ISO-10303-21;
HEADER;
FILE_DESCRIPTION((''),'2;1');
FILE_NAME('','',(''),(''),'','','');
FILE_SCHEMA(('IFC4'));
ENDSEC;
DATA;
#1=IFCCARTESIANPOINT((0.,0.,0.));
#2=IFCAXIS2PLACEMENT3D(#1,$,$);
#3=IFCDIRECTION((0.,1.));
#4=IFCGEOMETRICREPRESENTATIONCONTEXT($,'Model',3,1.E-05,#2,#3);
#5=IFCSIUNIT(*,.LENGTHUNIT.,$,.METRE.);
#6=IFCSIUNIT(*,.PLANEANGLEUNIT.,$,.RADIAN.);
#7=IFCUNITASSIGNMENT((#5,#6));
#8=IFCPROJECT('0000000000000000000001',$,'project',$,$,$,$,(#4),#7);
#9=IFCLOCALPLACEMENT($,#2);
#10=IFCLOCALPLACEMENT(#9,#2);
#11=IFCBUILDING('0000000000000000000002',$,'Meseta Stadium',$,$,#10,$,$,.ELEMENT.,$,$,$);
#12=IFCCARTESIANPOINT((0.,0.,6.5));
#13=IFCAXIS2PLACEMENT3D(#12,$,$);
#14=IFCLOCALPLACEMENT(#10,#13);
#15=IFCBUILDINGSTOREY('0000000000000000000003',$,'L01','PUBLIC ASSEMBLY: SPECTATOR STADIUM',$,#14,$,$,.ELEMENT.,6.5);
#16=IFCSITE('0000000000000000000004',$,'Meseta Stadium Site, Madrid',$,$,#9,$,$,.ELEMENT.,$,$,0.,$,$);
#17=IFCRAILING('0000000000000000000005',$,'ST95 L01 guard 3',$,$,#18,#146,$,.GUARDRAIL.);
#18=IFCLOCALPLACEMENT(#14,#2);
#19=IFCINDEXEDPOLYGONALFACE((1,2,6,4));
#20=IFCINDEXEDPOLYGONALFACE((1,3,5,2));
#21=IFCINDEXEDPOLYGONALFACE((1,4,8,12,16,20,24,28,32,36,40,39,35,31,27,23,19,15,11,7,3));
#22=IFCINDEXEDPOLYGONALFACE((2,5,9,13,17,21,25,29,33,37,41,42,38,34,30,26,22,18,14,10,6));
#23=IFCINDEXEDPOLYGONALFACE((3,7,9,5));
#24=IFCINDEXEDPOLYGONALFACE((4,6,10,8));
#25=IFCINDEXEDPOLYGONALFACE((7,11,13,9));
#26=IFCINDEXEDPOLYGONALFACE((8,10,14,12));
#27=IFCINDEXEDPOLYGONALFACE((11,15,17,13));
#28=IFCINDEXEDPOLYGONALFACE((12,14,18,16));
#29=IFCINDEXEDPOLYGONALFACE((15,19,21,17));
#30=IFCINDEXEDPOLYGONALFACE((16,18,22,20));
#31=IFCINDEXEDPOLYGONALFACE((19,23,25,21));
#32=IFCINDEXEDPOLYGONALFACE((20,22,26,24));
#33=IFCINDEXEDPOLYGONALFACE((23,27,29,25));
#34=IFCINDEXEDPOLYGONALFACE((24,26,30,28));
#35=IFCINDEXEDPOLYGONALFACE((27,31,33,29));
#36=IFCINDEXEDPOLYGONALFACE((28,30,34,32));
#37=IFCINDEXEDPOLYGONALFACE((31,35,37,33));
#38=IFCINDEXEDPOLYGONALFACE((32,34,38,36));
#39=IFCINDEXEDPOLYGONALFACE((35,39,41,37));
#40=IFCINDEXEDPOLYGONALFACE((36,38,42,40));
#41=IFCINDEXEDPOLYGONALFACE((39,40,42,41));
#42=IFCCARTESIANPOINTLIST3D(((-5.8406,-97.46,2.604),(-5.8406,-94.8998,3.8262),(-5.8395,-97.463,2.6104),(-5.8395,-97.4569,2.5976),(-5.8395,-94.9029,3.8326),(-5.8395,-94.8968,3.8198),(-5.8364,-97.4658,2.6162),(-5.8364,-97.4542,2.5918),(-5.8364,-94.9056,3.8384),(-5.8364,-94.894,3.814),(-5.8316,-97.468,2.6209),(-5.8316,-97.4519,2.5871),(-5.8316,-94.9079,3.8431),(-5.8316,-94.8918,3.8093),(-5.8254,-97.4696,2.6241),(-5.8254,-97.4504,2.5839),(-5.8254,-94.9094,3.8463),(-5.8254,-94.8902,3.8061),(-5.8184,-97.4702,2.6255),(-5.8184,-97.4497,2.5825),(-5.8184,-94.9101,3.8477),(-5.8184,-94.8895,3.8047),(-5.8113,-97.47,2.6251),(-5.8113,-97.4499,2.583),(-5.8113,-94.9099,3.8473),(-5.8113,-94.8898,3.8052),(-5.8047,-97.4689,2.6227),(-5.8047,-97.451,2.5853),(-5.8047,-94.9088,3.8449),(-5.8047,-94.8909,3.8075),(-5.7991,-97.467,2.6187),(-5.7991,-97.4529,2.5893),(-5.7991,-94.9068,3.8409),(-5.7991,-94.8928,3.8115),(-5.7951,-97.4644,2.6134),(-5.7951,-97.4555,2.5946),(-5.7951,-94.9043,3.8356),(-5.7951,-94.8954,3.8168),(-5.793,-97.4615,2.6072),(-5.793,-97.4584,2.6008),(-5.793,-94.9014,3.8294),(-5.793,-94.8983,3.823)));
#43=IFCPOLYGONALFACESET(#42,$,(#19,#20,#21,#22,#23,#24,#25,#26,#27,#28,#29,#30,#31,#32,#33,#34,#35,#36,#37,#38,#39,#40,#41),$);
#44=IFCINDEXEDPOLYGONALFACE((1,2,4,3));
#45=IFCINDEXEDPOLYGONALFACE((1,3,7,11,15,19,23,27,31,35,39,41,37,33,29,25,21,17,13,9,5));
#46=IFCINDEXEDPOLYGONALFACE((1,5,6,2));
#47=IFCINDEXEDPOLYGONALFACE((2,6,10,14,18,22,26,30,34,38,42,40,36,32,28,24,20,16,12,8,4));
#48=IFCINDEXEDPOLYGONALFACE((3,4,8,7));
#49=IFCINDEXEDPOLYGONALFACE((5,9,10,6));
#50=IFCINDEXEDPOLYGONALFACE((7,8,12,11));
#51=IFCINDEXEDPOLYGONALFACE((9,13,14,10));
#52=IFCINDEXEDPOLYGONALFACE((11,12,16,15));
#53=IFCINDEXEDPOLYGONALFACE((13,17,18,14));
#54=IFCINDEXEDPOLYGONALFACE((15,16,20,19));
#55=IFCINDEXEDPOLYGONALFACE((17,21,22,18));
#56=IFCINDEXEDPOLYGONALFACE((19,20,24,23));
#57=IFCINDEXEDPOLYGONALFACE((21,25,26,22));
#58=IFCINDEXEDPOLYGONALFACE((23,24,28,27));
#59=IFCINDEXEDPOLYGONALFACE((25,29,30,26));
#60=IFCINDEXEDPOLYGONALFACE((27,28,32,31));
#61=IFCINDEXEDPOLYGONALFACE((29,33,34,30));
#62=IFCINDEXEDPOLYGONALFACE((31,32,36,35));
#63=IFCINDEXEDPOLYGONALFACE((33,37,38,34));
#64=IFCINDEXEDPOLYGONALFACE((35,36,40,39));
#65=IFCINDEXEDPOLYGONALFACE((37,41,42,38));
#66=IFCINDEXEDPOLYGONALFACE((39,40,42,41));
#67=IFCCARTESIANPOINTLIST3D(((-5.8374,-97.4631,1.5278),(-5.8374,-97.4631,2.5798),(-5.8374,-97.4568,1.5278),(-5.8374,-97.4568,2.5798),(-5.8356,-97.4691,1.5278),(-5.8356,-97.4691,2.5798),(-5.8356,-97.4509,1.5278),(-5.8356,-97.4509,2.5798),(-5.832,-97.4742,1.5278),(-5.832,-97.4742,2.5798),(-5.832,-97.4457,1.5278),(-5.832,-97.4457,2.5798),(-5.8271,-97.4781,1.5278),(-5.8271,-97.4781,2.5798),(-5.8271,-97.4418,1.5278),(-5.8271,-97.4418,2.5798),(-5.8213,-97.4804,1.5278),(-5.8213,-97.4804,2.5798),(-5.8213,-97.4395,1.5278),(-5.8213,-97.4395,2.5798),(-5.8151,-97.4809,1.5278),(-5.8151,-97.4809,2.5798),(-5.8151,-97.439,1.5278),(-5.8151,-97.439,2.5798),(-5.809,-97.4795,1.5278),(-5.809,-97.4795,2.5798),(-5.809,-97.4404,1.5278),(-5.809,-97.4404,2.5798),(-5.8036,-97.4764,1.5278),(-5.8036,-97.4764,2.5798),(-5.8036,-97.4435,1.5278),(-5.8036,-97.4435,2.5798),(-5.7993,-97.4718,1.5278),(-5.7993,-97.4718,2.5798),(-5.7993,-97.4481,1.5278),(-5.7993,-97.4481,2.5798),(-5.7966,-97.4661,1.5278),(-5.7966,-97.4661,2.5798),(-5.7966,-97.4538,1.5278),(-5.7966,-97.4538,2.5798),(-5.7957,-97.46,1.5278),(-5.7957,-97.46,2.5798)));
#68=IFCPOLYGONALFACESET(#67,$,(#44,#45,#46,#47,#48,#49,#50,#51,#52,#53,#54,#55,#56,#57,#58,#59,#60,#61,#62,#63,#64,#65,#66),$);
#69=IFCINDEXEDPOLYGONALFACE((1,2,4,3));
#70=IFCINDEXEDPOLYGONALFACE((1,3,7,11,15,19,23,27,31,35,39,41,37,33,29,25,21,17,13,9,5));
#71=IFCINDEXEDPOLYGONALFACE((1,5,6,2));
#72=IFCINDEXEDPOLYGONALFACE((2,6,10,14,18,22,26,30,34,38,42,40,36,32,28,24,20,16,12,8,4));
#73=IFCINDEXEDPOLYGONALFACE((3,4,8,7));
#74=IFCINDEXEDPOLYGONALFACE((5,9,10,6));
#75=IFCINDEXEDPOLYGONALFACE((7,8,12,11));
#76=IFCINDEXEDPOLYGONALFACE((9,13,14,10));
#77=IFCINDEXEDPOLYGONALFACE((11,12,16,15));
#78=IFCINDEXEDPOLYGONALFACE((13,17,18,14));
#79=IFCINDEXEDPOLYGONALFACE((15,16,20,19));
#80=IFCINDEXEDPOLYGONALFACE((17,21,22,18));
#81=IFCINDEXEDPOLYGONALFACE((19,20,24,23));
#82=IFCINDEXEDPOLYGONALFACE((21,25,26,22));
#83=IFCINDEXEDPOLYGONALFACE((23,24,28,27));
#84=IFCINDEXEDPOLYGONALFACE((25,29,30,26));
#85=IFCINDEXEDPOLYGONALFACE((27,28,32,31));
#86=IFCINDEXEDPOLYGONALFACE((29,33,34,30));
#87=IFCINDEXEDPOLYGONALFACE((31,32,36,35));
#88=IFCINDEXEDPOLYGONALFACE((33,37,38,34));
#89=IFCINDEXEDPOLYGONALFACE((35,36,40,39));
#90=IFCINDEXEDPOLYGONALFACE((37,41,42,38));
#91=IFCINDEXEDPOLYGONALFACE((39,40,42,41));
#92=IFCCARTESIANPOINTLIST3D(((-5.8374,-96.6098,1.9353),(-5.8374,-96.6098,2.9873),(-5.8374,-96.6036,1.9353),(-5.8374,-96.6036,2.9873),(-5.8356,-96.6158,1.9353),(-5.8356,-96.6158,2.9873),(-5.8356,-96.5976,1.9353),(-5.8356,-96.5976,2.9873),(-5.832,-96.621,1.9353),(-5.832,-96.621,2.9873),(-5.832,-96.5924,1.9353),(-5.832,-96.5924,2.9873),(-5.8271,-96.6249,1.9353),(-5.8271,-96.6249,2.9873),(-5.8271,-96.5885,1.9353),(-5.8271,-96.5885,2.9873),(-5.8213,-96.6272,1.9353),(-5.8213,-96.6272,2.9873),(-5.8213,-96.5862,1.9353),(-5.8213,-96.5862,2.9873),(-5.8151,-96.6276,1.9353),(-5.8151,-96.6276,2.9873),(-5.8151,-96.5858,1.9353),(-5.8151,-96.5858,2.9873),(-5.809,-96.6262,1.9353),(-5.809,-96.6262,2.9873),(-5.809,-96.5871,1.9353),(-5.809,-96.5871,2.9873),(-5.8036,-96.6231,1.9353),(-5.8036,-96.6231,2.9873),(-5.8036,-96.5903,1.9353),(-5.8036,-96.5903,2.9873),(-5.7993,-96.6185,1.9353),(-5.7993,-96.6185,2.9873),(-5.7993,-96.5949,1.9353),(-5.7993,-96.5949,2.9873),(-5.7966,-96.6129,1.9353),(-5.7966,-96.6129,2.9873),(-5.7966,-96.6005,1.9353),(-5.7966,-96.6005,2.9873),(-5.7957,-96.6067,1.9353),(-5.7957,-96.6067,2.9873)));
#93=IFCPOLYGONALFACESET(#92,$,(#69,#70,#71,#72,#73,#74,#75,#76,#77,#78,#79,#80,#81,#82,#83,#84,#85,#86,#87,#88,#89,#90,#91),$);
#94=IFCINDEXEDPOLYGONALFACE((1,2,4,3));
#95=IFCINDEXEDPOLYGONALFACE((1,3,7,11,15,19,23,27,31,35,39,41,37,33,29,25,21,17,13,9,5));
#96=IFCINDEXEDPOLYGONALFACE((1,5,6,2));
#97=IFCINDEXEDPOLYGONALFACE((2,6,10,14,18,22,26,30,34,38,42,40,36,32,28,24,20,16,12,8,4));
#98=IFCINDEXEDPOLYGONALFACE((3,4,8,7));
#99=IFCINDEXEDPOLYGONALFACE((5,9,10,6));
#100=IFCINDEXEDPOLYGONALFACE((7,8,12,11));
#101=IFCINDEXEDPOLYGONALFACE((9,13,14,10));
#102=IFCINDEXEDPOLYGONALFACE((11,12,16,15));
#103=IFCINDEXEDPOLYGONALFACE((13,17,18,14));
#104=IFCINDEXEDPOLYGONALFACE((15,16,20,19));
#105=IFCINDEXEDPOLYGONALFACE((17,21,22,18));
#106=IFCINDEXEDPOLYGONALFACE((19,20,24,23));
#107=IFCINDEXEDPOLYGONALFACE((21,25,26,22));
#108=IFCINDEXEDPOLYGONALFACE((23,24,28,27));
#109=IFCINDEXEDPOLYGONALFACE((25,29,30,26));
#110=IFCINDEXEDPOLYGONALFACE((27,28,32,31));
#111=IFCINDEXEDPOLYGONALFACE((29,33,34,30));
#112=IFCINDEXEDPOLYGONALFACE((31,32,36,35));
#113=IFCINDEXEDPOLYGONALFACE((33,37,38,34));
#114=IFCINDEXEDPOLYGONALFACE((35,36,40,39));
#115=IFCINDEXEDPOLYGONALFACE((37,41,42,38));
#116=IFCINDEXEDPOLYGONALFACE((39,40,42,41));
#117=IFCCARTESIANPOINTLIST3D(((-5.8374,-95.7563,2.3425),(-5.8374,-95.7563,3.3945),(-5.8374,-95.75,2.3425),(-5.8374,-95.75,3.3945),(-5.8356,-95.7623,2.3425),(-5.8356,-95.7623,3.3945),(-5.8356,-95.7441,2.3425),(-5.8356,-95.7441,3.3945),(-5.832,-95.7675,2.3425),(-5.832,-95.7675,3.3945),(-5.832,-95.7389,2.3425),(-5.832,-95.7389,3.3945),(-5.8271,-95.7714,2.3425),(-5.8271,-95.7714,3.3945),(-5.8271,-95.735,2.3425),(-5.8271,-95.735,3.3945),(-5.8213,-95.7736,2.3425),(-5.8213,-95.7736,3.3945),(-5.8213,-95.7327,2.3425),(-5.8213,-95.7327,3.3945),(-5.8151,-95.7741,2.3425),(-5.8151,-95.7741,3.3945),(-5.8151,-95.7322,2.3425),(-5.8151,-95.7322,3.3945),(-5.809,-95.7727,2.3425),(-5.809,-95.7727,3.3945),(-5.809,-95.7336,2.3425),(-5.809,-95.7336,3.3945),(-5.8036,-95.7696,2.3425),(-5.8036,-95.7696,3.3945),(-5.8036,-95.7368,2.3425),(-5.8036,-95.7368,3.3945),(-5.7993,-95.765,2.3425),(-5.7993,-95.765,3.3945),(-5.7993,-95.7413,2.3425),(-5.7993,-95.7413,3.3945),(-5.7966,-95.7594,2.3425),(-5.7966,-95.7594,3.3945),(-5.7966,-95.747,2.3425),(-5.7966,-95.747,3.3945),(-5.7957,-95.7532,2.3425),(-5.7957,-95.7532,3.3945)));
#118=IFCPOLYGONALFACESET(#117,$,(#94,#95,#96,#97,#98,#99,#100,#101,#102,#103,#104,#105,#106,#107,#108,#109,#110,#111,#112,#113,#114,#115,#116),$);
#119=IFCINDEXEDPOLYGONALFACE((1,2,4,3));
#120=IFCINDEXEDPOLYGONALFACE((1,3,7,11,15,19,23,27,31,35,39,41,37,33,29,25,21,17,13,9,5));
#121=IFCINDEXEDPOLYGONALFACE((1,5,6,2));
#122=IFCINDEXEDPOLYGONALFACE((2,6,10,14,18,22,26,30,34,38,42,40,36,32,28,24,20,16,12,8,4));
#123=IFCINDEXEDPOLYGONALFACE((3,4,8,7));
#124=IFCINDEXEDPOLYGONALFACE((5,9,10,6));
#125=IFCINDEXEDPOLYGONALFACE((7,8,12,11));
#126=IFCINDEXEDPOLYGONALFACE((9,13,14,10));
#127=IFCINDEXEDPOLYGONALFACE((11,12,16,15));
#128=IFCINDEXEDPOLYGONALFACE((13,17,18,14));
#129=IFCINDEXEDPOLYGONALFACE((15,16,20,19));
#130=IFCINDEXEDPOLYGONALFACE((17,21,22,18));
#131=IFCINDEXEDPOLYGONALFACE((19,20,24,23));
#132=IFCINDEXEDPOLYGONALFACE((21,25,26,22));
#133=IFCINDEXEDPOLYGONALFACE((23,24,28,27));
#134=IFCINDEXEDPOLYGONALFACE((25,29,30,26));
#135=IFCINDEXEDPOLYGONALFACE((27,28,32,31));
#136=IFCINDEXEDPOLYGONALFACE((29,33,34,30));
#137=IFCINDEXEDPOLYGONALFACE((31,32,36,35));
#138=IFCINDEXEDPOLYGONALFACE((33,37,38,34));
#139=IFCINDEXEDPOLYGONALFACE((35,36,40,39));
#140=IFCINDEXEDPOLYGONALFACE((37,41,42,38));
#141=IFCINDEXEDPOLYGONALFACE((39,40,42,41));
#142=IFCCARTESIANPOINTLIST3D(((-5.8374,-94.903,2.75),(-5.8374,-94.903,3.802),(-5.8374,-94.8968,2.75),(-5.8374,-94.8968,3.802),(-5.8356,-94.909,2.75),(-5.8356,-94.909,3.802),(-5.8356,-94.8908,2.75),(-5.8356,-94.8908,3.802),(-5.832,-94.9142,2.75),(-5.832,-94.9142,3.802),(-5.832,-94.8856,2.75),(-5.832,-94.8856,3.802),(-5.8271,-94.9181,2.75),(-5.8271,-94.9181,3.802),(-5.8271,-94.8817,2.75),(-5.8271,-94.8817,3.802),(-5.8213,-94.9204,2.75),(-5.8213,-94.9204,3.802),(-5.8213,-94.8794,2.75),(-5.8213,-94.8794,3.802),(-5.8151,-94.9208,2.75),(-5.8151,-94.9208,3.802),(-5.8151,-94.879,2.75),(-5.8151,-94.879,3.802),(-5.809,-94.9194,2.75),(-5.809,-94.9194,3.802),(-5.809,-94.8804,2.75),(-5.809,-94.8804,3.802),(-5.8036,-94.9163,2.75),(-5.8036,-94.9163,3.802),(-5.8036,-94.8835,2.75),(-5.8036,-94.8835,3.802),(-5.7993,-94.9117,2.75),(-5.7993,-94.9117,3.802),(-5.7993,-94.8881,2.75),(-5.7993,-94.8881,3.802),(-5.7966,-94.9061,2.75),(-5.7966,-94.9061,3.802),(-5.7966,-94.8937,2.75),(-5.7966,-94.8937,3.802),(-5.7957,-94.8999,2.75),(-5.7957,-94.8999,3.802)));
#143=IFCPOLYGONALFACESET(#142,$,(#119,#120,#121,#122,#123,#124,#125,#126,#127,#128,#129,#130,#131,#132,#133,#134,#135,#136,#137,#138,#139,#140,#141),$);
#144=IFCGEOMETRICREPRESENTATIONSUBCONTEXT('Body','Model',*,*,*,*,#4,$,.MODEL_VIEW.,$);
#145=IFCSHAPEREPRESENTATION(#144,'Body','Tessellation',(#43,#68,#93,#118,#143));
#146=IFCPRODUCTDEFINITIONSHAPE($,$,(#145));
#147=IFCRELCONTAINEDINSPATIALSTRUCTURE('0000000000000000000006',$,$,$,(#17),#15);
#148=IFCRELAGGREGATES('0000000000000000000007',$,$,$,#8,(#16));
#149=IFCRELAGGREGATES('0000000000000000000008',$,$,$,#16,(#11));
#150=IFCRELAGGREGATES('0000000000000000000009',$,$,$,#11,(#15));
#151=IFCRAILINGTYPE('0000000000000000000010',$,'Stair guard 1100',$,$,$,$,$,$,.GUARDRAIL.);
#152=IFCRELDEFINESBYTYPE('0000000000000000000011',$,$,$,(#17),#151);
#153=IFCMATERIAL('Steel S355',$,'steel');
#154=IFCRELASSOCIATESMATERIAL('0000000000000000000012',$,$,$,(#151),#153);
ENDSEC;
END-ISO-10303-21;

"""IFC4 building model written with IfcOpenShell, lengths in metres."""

from ifc_helpers import new_model, si_unit, direction, frame, origin, origin_2d, place, context, subcontext, project, spatial, circle, extrude, material, type_object, element, save


model = new_model("IFC4")

# Units and contexts
model_context = context("Model", 3, precision=1e-05, world=origin(), true_north=direction((0.0, 1.0)))
body_context = subcontext(model_context, "Body", "Model", "MODEL_VIEW")
ifc_project = project(units=[si_unit("LENGTHUNIT", "METRE"), si_unit("PLANEANGLEUNIT", "RADIAN")], contexts=[model_context])

# Site, building, storey
site_placement = place(None, origin())
site = spatial("IfcSite", under=ifc_project, at=site_placement, Name="Meseta Stadium Site, Madrid", CompositionType="ELEMENT", RefElevation=0.0)
building_placement = place(site_placement, origin())
building = spatial("IfcBuilding", under=site, at=building_placement, Name="Meseta Stadium", CompositionType="ELEMENT")
storey_placement = place(building_placement, frame((0.0, 0.0, 6.5)))
storey = spatial("IfcBuildingStorey", under=building, at=storey_placement, Name="L01", Description="PUBLIC ASSEMBLY: SPECTATOR STADIUM", CompositionType="ELEMENT", Elevation=6.5)

# Railing
ifc_material_1 = material(Name="Steel S355", Category="steel")
railing_type_1 = type_object("IfcRailingType", Name="Stair guard 1100", PredefinedType="GUARDRAIL", material=ifc_material_1)
railing_1_placement = place(storey_placement, frame((-5.8167, -97.46, 1.5278)))
element("IfcRailing", 1, at=railing_1_placement, inside=storey, type_object=railing_type_1, Name="ST95 L01 guard 3", PredefinedType="GUARDRAIL", context=body_context, shape_type="SweptSolid", body=[
    extrude(circle(Radius=0.0239, at=origin_2d()), frame((0.0, 0.0, 1.0762), z_axis=(0.0, 0.902437, 0.430822), x_axis=(-1.0, 0.0, 0.0)), (0.0, 0.0, 1.0), 2.8369),
    extrude(circle(Radius=0.021, at=origin_2d()), origin(), (0.0, 0.0, 1.0), 1.052),
    extrude(circle(Radius=0.021, at=origin_2d()), frame((0.0, 0.8533, 0.4075)), (0.0, 0.0, 1.0), 1.052),
    extrude(circle(Radius=0.021, at=origin_2d()), frame((0.0, 1.7068, 0.8147)), (0.0, 0.0, 1.0), 1.052),
    extrude(circle(Radius=0.021, at=origin_2d()), frame((0.0, 2.5601, 1.2222)), (0.0, 0.0, 1.0), 1.052),
])

save(model, "model.ifc")
